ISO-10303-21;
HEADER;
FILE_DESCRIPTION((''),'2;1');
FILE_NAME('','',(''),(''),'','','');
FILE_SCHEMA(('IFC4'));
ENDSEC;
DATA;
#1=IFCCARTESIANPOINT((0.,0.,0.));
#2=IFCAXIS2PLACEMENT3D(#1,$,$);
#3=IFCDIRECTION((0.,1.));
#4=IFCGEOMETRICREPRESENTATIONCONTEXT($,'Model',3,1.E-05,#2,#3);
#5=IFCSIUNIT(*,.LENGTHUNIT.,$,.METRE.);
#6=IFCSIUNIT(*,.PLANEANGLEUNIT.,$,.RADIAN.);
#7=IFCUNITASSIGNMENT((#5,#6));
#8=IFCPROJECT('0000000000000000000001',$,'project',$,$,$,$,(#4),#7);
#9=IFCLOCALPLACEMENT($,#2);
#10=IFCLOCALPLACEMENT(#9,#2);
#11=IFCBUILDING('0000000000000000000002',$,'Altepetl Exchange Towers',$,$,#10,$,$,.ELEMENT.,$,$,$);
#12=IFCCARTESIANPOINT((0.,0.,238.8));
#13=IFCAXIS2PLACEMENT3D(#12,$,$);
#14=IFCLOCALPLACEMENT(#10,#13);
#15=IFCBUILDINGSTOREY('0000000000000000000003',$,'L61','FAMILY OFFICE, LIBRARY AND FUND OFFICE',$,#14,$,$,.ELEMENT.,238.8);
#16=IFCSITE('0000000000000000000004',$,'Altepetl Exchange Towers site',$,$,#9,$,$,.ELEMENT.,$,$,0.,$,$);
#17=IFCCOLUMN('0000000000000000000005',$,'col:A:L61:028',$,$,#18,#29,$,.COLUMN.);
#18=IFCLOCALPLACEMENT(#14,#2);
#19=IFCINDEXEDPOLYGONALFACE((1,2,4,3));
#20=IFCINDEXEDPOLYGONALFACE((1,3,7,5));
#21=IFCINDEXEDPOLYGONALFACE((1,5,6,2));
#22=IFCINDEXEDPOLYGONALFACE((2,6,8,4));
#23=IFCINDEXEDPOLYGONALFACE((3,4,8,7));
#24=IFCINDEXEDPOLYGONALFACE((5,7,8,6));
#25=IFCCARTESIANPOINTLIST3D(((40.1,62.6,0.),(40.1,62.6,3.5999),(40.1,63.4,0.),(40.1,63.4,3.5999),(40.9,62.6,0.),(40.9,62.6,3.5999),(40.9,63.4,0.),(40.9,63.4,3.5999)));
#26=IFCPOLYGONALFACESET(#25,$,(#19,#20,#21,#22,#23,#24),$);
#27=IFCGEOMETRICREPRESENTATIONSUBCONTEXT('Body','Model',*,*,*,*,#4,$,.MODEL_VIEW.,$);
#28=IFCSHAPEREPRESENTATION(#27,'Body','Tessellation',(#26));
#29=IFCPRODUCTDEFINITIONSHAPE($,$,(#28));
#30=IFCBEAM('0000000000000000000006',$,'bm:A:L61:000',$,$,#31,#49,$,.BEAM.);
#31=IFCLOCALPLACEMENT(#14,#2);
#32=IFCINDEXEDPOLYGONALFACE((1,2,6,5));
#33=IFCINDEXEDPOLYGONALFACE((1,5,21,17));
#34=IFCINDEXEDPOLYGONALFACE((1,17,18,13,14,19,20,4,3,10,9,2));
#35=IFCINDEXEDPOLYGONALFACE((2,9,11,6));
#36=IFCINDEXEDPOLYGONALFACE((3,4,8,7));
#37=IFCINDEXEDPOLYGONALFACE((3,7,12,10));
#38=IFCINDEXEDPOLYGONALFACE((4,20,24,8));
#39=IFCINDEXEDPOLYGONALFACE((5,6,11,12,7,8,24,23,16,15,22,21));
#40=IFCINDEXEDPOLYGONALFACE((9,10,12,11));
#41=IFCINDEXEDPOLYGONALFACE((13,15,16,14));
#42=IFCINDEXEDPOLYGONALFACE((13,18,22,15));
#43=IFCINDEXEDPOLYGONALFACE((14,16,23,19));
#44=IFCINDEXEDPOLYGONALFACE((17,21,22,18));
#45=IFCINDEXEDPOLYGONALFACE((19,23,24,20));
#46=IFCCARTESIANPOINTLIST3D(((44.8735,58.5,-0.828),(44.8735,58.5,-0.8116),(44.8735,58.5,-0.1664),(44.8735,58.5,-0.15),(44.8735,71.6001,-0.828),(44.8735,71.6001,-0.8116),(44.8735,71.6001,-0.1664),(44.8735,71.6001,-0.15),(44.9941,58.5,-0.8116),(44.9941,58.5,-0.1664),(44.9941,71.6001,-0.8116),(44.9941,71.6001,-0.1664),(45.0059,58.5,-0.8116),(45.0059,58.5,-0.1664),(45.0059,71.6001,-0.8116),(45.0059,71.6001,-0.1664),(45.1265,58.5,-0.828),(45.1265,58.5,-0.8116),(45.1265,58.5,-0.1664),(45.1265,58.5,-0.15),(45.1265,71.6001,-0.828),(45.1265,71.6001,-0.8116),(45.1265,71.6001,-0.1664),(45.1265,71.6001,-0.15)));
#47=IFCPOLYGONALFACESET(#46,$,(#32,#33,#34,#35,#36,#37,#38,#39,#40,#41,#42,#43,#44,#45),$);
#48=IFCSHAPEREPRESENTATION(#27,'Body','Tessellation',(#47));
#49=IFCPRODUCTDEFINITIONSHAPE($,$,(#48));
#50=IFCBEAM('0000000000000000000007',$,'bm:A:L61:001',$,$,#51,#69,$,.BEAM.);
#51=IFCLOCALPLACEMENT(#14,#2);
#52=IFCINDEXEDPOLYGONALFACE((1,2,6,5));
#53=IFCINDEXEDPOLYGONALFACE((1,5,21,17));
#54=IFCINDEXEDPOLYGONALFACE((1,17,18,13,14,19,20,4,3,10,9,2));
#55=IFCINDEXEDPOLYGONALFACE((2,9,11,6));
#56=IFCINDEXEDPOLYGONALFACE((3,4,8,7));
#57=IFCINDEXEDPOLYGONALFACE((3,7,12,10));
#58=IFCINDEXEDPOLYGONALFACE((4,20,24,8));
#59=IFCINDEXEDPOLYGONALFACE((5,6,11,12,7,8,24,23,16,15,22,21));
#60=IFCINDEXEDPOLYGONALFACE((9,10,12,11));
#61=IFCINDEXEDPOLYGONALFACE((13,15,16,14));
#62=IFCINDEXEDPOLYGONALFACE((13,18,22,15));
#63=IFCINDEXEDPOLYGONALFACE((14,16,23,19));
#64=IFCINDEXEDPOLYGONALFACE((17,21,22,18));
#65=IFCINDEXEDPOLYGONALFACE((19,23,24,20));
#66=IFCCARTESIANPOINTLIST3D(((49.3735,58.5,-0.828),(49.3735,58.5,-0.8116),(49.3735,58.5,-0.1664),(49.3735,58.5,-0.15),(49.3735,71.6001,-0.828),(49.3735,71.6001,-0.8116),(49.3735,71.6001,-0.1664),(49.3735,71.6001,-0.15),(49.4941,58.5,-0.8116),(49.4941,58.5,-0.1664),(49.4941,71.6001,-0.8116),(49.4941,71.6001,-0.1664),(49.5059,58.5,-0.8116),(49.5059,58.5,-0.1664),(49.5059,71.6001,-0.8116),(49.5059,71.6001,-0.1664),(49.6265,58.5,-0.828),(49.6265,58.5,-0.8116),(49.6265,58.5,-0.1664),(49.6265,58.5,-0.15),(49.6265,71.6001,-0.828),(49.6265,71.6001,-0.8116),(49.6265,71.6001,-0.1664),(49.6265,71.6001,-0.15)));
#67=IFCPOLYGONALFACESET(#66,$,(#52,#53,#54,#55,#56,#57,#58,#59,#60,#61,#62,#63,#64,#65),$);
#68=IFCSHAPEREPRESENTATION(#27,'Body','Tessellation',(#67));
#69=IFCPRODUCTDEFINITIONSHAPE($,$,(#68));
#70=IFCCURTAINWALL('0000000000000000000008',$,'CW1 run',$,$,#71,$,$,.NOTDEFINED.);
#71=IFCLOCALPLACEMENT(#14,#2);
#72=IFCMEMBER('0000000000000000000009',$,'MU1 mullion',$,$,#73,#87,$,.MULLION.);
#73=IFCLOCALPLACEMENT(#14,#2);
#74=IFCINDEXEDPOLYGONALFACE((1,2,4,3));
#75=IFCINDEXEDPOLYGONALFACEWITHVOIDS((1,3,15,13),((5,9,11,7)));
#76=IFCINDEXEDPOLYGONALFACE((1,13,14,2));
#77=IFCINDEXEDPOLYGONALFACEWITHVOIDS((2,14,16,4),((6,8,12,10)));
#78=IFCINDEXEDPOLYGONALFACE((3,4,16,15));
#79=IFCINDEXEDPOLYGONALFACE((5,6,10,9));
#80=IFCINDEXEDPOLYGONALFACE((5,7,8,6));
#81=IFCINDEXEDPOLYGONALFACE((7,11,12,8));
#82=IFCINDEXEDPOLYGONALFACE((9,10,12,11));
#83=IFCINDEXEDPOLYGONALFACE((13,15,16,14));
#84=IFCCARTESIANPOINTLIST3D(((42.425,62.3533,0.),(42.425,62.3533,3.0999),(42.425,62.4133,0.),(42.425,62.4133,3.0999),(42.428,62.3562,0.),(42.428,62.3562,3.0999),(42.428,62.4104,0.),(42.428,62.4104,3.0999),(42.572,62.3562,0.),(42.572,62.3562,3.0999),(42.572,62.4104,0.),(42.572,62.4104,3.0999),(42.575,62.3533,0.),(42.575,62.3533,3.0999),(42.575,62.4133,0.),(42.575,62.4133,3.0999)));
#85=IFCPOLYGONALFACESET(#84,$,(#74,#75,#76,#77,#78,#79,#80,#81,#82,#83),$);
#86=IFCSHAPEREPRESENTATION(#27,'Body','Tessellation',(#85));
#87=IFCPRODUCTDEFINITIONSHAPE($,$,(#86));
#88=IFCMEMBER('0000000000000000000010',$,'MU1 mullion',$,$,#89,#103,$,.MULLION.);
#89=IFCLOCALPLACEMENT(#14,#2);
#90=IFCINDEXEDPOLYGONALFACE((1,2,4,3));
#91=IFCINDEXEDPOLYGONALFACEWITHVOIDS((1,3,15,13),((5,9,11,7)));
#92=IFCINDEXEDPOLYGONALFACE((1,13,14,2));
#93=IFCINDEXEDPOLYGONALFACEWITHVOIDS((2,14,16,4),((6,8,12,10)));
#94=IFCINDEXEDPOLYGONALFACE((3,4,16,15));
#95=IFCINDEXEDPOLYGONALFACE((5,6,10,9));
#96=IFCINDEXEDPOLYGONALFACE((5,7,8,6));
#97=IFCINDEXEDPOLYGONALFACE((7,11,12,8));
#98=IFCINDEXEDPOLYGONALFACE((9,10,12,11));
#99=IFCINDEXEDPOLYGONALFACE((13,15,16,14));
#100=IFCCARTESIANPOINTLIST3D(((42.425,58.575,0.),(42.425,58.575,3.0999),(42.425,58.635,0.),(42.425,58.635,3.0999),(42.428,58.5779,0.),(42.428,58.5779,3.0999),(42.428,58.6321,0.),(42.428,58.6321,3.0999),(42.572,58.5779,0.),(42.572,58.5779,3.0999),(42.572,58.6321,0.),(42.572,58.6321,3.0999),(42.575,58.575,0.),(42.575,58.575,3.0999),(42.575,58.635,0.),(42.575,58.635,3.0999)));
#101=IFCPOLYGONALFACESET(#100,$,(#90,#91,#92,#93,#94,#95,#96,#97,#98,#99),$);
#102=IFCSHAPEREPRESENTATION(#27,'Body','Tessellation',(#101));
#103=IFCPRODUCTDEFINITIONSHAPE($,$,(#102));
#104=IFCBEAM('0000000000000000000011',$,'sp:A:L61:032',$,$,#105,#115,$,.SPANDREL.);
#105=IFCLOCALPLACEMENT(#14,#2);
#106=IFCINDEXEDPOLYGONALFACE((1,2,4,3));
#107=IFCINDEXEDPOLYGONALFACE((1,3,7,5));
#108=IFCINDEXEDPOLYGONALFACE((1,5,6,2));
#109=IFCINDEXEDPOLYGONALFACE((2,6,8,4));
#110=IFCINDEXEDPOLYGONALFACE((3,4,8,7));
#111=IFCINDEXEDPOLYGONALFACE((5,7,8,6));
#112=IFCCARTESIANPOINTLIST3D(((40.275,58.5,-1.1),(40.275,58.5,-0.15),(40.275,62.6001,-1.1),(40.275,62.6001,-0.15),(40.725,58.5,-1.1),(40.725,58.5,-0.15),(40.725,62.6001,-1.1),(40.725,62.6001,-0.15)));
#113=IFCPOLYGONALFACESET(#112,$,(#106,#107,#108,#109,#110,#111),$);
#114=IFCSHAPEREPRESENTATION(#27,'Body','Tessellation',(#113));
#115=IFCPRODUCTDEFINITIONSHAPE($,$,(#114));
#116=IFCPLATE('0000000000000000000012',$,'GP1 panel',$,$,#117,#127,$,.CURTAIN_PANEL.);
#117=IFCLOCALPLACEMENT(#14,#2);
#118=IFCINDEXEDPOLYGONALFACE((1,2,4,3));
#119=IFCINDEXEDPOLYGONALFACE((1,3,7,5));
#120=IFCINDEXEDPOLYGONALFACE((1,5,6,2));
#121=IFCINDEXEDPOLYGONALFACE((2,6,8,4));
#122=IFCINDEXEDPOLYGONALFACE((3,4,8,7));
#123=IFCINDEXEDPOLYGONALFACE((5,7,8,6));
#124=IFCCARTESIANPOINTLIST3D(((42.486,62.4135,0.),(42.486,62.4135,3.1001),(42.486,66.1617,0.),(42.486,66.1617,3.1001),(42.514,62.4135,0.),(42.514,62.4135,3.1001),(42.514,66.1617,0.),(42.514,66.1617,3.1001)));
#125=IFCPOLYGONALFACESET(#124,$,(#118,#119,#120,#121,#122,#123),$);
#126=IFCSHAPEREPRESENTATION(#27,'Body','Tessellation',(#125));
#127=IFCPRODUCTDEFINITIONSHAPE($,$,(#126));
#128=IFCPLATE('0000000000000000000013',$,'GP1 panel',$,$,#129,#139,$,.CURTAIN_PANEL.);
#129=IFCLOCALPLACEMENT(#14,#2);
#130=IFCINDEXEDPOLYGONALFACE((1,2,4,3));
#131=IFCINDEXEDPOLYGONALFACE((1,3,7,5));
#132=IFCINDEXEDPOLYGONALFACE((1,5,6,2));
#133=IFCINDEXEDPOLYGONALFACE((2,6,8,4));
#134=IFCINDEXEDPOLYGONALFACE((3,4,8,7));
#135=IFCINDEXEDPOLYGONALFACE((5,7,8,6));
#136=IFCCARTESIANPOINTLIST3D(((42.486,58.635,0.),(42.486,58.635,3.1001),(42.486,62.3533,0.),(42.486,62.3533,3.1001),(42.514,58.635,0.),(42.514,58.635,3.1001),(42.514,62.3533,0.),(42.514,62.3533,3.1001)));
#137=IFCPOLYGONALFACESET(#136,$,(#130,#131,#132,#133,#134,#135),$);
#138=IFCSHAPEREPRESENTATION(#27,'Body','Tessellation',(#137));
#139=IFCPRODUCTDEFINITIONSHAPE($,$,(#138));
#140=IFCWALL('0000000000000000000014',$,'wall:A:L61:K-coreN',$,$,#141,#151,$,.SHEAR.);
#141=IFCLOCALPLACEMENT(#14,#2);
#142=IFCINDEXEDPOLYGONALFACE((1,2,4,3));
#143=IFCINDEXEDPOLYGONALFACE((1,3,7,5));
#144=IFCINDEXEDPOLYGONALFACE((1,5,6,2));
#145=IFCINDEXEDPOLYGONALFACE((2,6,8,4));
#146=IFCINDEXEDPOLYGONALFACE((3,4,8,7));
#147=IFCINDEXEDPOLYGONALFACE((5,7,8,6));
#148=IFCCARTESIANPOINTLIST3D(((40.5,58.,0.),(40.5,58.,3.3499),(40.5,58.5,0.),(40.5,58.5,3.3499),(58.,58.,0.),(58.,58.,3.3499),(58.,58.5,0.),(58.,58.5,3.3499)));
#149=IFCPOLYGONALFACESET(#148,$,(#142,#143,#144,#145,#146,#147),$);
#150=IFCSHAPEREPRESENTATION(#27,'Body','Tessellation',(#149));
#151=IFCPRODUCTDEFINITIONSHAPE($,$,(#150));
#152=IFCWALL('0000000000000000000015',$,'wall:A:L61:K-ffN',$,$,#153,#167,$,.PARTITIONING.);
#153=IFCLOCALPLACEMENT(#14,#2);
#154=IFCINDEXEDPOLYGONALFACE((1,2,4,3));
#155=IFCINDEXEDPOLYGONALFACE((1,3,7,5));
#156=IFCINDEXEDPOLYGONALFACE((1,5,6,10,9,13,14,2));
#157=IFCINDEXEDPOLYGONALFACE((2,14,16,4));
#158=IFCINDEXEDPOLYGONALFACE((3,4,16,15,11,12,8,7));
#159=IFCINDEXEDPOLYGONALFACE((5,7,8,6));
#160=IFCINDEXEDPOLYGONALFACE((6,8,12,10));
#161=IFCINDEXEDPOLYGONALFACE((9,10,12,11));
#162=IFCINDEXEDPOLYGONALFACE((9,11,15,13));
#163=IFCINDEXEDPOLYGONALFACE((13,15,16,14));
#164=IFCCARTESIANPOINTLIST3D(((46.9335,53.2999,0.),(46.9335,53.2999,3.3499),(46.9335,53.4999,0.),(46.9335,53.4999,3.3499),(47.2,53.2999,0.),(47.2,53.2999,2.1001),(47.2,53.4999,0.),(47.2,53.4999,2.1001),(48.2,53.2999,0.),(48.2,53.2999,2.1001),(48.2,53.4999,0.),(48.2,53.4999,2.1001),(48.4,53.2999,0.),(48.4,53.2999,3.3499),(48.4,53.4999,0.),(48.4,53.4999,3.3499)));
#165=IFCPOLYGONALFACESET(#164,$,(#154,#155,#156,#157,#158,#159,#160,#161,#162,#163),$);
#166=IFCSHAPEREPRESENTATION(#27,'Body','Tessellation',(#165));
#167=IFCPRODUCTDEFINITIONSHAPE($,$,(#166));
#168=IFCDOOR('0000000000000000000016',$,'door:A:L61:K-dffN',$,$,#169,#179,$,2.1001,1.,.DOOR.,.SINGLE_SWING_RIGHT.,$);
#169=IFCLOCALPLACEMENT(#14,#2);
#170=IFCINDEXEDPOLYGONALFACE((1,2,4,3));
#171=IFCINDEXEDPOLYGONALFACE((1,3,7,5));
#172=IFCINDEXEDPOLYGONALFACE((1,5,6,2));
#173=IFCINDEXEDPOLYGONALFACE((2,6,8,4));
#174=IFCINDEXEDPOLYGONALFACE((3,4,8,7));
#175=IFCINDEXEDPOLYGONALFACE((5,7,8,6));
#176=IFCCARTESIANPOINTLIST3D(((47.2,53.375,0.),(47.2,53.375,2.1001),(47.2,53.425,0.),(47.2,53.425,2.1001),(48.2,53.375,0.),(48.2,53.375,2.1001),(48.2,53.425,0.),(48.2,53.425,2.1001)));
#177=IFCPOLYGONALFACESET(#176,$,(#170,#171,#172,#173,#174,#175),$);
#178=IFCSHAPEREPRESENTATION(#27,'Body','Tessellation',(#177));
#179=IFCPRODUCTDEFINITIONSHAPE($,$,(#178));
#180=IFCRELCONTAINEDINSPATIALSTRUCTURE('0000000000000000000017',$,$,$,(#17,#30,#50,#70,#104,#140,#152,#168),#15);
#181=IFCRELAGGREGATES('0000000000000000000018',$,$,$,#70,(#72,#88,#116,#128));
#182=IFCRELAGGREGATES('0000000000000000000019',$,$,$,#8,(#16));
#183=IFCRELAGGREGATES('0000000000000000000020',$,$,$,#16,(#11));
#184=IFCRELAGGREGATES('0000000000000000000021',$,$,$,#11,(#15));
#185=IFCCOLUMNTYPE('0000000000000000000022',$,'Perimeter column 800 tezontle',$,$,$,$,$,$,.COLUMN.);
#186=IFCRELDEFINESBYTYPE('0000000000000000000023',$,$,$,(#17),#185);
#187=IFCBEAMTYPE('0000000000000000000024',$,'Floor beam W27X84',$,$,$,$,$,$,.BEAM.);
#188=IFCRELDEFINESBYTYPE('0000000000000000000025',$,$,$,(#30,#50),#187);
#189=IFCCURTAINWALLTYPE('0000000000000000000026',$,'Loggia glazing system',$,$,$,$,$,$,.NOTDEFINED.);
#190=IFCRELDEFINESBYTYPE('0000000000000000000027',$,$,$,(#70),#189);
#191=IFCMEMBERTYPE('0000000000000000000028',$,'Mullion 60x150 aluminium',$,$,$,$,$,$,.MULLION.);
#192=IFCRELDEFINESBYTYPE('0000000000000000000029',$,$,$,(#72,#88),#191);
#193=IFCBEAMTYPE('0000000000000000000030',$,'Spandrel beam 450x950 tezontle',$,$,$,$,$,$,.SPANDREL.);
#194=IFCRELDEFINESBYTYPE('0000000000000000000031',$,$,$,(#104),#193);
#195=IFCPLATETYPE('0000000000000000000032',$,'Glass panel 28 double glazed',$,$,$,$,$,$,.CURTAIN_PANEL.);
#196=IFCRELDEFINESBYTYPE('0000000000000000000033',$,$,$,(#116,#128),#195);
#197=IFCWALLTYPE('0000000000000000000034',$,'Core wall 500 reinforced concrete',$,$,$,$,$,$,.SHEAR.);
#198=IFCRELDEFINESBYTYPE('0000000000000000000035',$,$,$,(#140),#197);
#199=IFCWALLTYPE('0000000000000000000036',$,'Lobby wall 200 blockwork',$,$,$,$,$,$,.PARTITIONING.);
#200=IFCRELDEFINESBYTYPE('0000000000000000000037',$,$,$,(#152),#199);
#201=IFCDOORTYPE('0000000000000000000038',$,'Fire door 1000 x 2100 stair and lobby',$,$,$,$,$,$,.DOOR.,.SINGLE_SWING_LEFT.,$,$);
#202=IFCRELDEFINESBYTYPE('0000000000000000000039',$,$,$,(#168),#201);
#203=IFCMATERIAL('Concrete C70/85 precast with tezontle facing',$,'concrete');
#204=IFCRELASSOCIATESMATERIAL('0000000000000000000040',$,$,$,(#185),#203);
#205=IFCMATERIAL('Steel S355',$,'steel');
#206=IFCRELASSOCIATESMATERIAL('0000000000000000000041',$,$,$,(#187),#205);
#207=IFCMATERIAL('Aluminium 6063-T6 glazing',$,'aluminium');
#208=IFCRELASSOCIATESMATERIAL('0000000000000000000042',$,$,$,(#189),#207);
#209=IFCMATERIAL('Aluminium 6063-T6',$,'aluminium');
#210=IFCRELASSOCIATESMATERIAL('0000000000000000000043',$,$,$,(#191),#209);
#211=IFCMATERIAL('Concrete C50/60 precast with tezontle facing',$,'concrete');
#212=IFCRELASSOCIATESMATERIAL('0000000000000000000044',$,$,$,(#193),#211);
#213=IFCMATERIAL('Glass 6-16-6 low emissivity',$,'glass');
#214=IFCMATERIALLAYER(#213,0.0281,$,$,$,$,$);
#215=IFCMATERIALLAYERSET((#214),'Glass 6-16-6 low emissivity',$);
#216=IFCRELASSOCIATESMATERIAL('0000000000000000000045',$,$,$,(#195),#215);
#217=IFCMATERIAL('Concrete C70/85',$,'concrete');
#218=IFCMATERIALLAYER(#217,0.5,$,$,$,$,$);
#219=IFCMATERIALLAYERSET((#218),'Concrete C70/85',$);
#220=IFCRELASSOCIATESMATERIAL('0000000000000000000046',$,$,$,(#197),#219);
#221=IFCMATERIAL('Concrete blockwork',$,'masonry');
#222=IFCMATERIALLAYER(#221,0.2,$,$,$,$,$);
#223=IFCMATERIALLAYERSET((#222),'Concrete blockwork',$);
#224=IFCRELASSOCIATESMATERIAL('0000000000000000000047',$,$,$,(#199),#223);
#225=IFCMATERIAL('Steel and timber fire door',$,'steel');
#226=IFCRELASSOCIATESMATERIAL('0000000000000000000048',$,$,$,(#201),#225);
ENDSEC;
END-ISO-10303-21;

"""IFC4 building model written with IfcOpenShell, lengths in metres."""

from ifc_helpers import new_model, si_unit, direction, frame, frame_2d, origin, origin_2d, place, context, subcontext, project, spatial, rectangle, hollow_rectangle, i_section, extrude, material, layer, layer_set, material_profile, profile_set, type_object, element, fill, aggregate, save


model = new_model("IFC4")

# Units and contexts
model_context = context("Model", 3, precision=1e-05, world=origin(), true_north=direction((0.0, 1.0)))
body_context = subcontext(model_context, "Body", "Model", "MODEL_VIEW")
ifc_project = project(units=[si_unit("LENGTHUNIT", "METRE"), si_unit("PLANEANGLEUNIT", "RADIAN")], contexts=[model_context])

# Site, building, storey
site_placement = place(None, origin())
site = spatial("IfcSite", under=ifc_project, at=site_placement, Name="Altepetl Exchange Towers site", CompositionType="ELEMENT", RefElevation=0.0)
building_placement = place(site_placement, origin())
building = spatial("IfcBuilding", under=site, at=building_placement, Name="Altepetl Exchange Towers", CompositionType="ELEMENT")
storey_placement = place(building_placement, frame((0.0, 0.0, 238.8)))
storey = spatial("IfcBuildingStorey", under=building, at=storey_placement, Name="L61", Description="FAMILY OFFICE, LIBRARY AND FUND OFFICE", CompositionType="ELEMENT", Elevation=238.8)

# Column
ifc_material_1 = material(Name="Concrete C70/85 precast with tezontle facing", Category="concrete")
ifc_material_profile_1 = material_profile(ifc_material_1, rectangle(XDim=0.8, YDim=0.8, at=origin_2d()), Name="800 x 800")
ifc_profile_set_1 = profile_set([ifc_material_profile_1], Name="Concrete C70/85 precast with tezontle facing")
column_type = type_object("IfcColumnType", Name="Perimeter column 800 tezontle", PredefinedType="COLUMN", material=ifc_profile_set_1)
column_placement = place(storey_placement, frame((40.5, 63.0, 0.0)))
element("IfcColumn", 1, at=column_placement, inside=storey, type_object=column_type, Name="col:A:L61:028", PredefinedType="COLUMN", context=body_context, shape_type="SweptSolid", body=[
    extrude(rectangle(XDim=0.8, YDim=0.8, at=origin_2d()), origin(), (0.0, 0.0, 1.0), 3.5999),
])

# Beams
ifc_material_2 = material(Name="Steel S355", Category="steel")
ifc_material_profile_2 = material_profile(ifc_material_2, i_section(OverallWidth=0.2529, OverallDepth=0.678, WebThickness=0.0117, FlangeThickness=0.0164, at=origin_2d()), Name="W27X84")
ifc_profile_set_2 = profile_set([ifc_material_profile_2], Name="Steel S355")
beam_type_1 = type_object("IfcBeamType", Name="Floor beam W27X84", PredefinedType="BEAM", material=ifc_profile_set_2)
for number, where, z_axis, x_axis, name in (
    (2, (45.0, 58.5, -0.489), (0.0, 1.0, 0.0), (-1.0, 0.0, 0.0), "bm:A:L61:000"),
    (3, (49.5, 58.5, -0.489), (0.0, 1.0, 0.0), (-1.0, 0.0, 0.0), "bm:A:L61:001"),
):
    element("IfcBeam", number, at=place(storey_placement, frame(where, z_axis=z_axis, x_axis=x_axis)), inside=storey, type_object=beam_type_1, Name=name, PredefinedType="BEAM", context=body_context, shape_type="SweptSolid", body=[
        extrude(i_section(OverallWidth=0.2529, OverallDepth=0.678, WebThickness=0.0117, FlangeThickness=0.0164, at=origin_2d()), origin(), (0.0, 0.0, 1.0), 13.1001),
    ])

# Curtain wall, members
ifc_material_3 = material(Name="Aluminium 6063-T6 glazing", Category="aluminium")
curtain_wall_type = type_object("IfcCurtainWallType", Name="Loggia glazing system", PredefinedType="NOTDEFINED", material=ifc_material_3)
curtain_wall_placement = place(storey_placement, origin())
curtain_wall = element("IfcCurtainWall", 4, at=curtain_wall_placement, inside=storey, type_object=curtain_wall_type, Name="CW1 run", PredefinedType="NOTDEFINED")
ifc_material_4 = material(Name="Aluminium 6063-T6", Category="aluminium")
ifc_material_profile_3 = material_profile(ifc_material_4, hollow_rectangle(XDim=0.0601, YDim=0.1499, WallThickness=0.0029, at=origin_2d()), Name="Mullion 60x150 aluminium")
ifc_profile_set_3 = profile_set([ifc_material_profile_3], Name="Aluminium 6063-T6")
member_type = type_object("IfcMemberType", Name="Mullion 60x150 aluminium", PredefinedType="MULLION", material=ifc_profile_set_3)
member_1_placement = place(storey_placement, frame((42.5, 62.3833, 0.0), z_axis=(0.0, 0.0, 1.0), x_axis=(0.0, -1.0, 0.0)))
member_1 = element("IfcMember", 5, at=member_1_placement, type_object=member_type, Name="MU1 mullion", PredefinedType="MULLION", context=body_context, shape_type="SweptSolid", body=[
    extrude(hollow_rectangle(XDim=0.0601, YDim=0.1499, WallThickness=0.0029, at=origin_2d()), origin(), (0.0, 0.0, 1.0), 3.0999),
])
member_2_placement = place(storey_placement, frame((42.5, 58.605, 0.0), z_axis=(0.0, 0.0, 1.0), x_axis=(0.0, -1.0, 0.0)))
member_2 = element("IfcMember", 6, at=member_2_placement, type_object=member_type, Name="MU1 mullion", PredefinedType="MULLION", context=body_context, shape_type="SweptSolid", body=[
    extrude(hollow_rectangle(XDim=0.0601, YDim=0.1499, WallThickness=0.0029, at=origin_2d()), origin(), (0.0, 0.0, 1.0), 3.0999),
])

# Beam
ifc_material_5 = material(Name="Concrete C50/60 precast with tezontle facing", Category="concrete")
ifc_material_profile_4 = material_profile(ifc_material_5, rectangle(XDim=0.45, YDim=0.95, at=origin_2d()), Name="450 x 950")
ifc_profile_set_4 = profile_set([ifc_material_profile_4], Name="Concrete C50/60 precast with tezontle facing")
beam_type_2 = type_object("IfcBeamType", Name="Spandrel beam 450x950 tezontle", PredefinedType="SPANDREL", material=ifc_profile_set_4)
beam_placement = place(storey_placement, frame((40.5, 62.6001, -0.625), z_axis=(0.0, -1.0, 0.0), x_axis=(1.0, 0.0, 0.0)))
element("IfcBeam", 7, at=beam_placement, inside=storey, type_object=beam_type_2, Name="sp:A:L61:032", PredefinedType="SPANDREL", context=body_context, shape_type="SweptSolid", body=[
    extrude(rectangle(XDim=0.45, YDim=0.95, at=origin_2d()), origin(), (0.0, 0.0, 1.0), 4.1001),
])

# Plates
ifc_material_6 = material(Name="Glass 6-16-6 low emissivity", Category="glass")
ifc_layer_1 = layer(ifc_material_6, 0.0281)
ifc_layer_set_1 = layer_set([ifc_layer_1], Name="Glass 6-16-6 low emissivity")
plate_type = type_object("IfcPlateType", Name="Glass panel 28 double glazed", PredefinedType="CURTAIN_PANEL", material=ifc_layer_set_1)
plate_1_placement = place(storey_placement, frame((42.5, 64.2876, 0.0), z_axis=(0.0, 0.0, 1.0), x_axis=(0.0, -1.0, 0.0)))
plate_1 = element("IfcPlate", 8, at=plate_1_placement, type_object=plate_type, Name="GP1 panel", PredefinedType="CURTAIN_PANEL", context=body_context, shape_type="SweptSolid", body=[
    extrude(rectangle(XDim=3.7483, YDim=0.0281, at=origin_2d()), origin(), (0.0, 0.0, 1.0), 3.1001),
])
plate_2_placement = place(storey_placement, frame((42.5, 60.4941, 0.0), z_axis=(0.0, 0.0, 1.0), x_axis=(0.0, -1.0, 0.0)))
plate_2 = element("IfcPlate", 9, at=plate_2_placement, type_object=plate_type, Name="GP1 panel", PredefinedType="CURTAIN_PANEL", context=body_context, shape_type="SweptSolid", body=[
    extrude(rectangle(XDim=3.7183, YDim=0.0281, at=origin_2d()), origin(), (0.0, 0.0, 1.0), 3.1001),
])
aggregate(curtain_wall, [member_1, member_2, plate_1, plate_2])

# Wall
ifc_material_7 = material(Name="Concrete C70/85", Category="concrete")
ifc_layer_2 = layer(ifc_material_7, 0.5)
ifc_layer_set_2 = layer_set([ifc_layer_2], Name="Concrete C70/85")
wall_type_1 = type_object("IfcWallType", Name="Core wall 500 reinforced concrete", PredefinedType="SHEAR", material=ifc_layer_set_2)
wall_1_placement = place(storey_placement, frame((40.5, 58.25, 0.0)))
element("IfcWall", 10, at=wall_1_placement, inside=storey, type_object=wall_type_1, Name="wall:A:L61:K-coreN", PredefinedType="SHEAR", context=body_context, shape_type="SweptSolid", body=[
    extrude(rectangle(XDim=17.5, YDim=0.5, at=frame_2d((8.75, 0.0))), origin(), (0.0, 0.0, 1.0), 3.3499),
])

# Wall, opening, door
ifc_material_8 = material(Name="Concrete blockwork", Category="masonry")
ifc_layer_3 = layer(ifc_material_8, 0.2)
ifc_layer_set_3 = layer_set([ifc_layer_3], Name="Concrete blockwork")
wall_type_2 = type_object("IfcWallType", Name="Lobby wall 200 blockwork", PredefinedType="PARTITIONING", material=ifc_layer_set_3)
wall_2_placement = place(storey_placement, frame((46.9333, 53.3999, 0.0)))
wall_2 = element("IfcWall", 11, at=wall_2_placement, inside=storey, type_object=wall_type_2, Name="wall:A:L61:K-ffN", PredefinedType="PARTITIONING", context=body_context, shape_type="SweptSolid", body=[
    extrude(rectangle(XDim=1.4666, YDim=0.2, at=frame_2d((0.7334, 0.0))), origin(), (0.0, 0.0, 1.0), 3.3499),
])
opening_1_placement = place(wall_2_placement, frame((0.2666, 0.0, 0.0)))
opening_1 = element("IfcOpeningElement", 12, at=opening_1_placement, cuts=wall_2, PredefinedType="OPENING", context=body_context, shape_type="SweptSolid", body=[
    extrude(rectangle(XDim=1.0, YDim=2.1001, at=frame_2d((0.5, 1.05))), frame((0.0, 0.1099, 0.0), z_axis=(0.0, -1.0, 0.0), x_axis=(1.0, 0.0, 0.0)), (0.0, 0.0, 1.0), 0.22),
])
ifc_material_9 = material(Name="Steel and timber fire door", Category="steel")
door_type_1 = type_object("IfcDoorType", Name="Fire door 1000 x 2100 stair and lobby", OperationType="SINGLE_SWING_LEFT", PredefinedType="DOOR", material=ifc_material_9)
door_1_placement = place(opening_1_placement, frame((1.0, 0.0, 0.0), x_axis=(-1.0, 0.0, 0.0)))
door_1 = element("IfcDoor", 13, at=door_1_placement, inside=storey, type_object=door_type_1, Name="door:A:L61:K-dffN", OperationType="SINGLE_SWING_RIGHT", OverallHeight=2.1001, OverallWidth=1.0, PredefinedType="DOOR", context=body_context, shape_type="SweptSolid", body=[
    extrude(rectangle(XDim=1.0, YDim=2.1001, at=frame_2d((0.5, 1.05))), frame((0.0, 0.0249, 0.0), z_axis=(0.0, -1.0, 0.0), x_axis=(1.0, 0.0, 0.0)), (0.0, 0.0, 1.0), 0.05),
])
fill(opening_1, door_1)

save(model, "model.ifc")
